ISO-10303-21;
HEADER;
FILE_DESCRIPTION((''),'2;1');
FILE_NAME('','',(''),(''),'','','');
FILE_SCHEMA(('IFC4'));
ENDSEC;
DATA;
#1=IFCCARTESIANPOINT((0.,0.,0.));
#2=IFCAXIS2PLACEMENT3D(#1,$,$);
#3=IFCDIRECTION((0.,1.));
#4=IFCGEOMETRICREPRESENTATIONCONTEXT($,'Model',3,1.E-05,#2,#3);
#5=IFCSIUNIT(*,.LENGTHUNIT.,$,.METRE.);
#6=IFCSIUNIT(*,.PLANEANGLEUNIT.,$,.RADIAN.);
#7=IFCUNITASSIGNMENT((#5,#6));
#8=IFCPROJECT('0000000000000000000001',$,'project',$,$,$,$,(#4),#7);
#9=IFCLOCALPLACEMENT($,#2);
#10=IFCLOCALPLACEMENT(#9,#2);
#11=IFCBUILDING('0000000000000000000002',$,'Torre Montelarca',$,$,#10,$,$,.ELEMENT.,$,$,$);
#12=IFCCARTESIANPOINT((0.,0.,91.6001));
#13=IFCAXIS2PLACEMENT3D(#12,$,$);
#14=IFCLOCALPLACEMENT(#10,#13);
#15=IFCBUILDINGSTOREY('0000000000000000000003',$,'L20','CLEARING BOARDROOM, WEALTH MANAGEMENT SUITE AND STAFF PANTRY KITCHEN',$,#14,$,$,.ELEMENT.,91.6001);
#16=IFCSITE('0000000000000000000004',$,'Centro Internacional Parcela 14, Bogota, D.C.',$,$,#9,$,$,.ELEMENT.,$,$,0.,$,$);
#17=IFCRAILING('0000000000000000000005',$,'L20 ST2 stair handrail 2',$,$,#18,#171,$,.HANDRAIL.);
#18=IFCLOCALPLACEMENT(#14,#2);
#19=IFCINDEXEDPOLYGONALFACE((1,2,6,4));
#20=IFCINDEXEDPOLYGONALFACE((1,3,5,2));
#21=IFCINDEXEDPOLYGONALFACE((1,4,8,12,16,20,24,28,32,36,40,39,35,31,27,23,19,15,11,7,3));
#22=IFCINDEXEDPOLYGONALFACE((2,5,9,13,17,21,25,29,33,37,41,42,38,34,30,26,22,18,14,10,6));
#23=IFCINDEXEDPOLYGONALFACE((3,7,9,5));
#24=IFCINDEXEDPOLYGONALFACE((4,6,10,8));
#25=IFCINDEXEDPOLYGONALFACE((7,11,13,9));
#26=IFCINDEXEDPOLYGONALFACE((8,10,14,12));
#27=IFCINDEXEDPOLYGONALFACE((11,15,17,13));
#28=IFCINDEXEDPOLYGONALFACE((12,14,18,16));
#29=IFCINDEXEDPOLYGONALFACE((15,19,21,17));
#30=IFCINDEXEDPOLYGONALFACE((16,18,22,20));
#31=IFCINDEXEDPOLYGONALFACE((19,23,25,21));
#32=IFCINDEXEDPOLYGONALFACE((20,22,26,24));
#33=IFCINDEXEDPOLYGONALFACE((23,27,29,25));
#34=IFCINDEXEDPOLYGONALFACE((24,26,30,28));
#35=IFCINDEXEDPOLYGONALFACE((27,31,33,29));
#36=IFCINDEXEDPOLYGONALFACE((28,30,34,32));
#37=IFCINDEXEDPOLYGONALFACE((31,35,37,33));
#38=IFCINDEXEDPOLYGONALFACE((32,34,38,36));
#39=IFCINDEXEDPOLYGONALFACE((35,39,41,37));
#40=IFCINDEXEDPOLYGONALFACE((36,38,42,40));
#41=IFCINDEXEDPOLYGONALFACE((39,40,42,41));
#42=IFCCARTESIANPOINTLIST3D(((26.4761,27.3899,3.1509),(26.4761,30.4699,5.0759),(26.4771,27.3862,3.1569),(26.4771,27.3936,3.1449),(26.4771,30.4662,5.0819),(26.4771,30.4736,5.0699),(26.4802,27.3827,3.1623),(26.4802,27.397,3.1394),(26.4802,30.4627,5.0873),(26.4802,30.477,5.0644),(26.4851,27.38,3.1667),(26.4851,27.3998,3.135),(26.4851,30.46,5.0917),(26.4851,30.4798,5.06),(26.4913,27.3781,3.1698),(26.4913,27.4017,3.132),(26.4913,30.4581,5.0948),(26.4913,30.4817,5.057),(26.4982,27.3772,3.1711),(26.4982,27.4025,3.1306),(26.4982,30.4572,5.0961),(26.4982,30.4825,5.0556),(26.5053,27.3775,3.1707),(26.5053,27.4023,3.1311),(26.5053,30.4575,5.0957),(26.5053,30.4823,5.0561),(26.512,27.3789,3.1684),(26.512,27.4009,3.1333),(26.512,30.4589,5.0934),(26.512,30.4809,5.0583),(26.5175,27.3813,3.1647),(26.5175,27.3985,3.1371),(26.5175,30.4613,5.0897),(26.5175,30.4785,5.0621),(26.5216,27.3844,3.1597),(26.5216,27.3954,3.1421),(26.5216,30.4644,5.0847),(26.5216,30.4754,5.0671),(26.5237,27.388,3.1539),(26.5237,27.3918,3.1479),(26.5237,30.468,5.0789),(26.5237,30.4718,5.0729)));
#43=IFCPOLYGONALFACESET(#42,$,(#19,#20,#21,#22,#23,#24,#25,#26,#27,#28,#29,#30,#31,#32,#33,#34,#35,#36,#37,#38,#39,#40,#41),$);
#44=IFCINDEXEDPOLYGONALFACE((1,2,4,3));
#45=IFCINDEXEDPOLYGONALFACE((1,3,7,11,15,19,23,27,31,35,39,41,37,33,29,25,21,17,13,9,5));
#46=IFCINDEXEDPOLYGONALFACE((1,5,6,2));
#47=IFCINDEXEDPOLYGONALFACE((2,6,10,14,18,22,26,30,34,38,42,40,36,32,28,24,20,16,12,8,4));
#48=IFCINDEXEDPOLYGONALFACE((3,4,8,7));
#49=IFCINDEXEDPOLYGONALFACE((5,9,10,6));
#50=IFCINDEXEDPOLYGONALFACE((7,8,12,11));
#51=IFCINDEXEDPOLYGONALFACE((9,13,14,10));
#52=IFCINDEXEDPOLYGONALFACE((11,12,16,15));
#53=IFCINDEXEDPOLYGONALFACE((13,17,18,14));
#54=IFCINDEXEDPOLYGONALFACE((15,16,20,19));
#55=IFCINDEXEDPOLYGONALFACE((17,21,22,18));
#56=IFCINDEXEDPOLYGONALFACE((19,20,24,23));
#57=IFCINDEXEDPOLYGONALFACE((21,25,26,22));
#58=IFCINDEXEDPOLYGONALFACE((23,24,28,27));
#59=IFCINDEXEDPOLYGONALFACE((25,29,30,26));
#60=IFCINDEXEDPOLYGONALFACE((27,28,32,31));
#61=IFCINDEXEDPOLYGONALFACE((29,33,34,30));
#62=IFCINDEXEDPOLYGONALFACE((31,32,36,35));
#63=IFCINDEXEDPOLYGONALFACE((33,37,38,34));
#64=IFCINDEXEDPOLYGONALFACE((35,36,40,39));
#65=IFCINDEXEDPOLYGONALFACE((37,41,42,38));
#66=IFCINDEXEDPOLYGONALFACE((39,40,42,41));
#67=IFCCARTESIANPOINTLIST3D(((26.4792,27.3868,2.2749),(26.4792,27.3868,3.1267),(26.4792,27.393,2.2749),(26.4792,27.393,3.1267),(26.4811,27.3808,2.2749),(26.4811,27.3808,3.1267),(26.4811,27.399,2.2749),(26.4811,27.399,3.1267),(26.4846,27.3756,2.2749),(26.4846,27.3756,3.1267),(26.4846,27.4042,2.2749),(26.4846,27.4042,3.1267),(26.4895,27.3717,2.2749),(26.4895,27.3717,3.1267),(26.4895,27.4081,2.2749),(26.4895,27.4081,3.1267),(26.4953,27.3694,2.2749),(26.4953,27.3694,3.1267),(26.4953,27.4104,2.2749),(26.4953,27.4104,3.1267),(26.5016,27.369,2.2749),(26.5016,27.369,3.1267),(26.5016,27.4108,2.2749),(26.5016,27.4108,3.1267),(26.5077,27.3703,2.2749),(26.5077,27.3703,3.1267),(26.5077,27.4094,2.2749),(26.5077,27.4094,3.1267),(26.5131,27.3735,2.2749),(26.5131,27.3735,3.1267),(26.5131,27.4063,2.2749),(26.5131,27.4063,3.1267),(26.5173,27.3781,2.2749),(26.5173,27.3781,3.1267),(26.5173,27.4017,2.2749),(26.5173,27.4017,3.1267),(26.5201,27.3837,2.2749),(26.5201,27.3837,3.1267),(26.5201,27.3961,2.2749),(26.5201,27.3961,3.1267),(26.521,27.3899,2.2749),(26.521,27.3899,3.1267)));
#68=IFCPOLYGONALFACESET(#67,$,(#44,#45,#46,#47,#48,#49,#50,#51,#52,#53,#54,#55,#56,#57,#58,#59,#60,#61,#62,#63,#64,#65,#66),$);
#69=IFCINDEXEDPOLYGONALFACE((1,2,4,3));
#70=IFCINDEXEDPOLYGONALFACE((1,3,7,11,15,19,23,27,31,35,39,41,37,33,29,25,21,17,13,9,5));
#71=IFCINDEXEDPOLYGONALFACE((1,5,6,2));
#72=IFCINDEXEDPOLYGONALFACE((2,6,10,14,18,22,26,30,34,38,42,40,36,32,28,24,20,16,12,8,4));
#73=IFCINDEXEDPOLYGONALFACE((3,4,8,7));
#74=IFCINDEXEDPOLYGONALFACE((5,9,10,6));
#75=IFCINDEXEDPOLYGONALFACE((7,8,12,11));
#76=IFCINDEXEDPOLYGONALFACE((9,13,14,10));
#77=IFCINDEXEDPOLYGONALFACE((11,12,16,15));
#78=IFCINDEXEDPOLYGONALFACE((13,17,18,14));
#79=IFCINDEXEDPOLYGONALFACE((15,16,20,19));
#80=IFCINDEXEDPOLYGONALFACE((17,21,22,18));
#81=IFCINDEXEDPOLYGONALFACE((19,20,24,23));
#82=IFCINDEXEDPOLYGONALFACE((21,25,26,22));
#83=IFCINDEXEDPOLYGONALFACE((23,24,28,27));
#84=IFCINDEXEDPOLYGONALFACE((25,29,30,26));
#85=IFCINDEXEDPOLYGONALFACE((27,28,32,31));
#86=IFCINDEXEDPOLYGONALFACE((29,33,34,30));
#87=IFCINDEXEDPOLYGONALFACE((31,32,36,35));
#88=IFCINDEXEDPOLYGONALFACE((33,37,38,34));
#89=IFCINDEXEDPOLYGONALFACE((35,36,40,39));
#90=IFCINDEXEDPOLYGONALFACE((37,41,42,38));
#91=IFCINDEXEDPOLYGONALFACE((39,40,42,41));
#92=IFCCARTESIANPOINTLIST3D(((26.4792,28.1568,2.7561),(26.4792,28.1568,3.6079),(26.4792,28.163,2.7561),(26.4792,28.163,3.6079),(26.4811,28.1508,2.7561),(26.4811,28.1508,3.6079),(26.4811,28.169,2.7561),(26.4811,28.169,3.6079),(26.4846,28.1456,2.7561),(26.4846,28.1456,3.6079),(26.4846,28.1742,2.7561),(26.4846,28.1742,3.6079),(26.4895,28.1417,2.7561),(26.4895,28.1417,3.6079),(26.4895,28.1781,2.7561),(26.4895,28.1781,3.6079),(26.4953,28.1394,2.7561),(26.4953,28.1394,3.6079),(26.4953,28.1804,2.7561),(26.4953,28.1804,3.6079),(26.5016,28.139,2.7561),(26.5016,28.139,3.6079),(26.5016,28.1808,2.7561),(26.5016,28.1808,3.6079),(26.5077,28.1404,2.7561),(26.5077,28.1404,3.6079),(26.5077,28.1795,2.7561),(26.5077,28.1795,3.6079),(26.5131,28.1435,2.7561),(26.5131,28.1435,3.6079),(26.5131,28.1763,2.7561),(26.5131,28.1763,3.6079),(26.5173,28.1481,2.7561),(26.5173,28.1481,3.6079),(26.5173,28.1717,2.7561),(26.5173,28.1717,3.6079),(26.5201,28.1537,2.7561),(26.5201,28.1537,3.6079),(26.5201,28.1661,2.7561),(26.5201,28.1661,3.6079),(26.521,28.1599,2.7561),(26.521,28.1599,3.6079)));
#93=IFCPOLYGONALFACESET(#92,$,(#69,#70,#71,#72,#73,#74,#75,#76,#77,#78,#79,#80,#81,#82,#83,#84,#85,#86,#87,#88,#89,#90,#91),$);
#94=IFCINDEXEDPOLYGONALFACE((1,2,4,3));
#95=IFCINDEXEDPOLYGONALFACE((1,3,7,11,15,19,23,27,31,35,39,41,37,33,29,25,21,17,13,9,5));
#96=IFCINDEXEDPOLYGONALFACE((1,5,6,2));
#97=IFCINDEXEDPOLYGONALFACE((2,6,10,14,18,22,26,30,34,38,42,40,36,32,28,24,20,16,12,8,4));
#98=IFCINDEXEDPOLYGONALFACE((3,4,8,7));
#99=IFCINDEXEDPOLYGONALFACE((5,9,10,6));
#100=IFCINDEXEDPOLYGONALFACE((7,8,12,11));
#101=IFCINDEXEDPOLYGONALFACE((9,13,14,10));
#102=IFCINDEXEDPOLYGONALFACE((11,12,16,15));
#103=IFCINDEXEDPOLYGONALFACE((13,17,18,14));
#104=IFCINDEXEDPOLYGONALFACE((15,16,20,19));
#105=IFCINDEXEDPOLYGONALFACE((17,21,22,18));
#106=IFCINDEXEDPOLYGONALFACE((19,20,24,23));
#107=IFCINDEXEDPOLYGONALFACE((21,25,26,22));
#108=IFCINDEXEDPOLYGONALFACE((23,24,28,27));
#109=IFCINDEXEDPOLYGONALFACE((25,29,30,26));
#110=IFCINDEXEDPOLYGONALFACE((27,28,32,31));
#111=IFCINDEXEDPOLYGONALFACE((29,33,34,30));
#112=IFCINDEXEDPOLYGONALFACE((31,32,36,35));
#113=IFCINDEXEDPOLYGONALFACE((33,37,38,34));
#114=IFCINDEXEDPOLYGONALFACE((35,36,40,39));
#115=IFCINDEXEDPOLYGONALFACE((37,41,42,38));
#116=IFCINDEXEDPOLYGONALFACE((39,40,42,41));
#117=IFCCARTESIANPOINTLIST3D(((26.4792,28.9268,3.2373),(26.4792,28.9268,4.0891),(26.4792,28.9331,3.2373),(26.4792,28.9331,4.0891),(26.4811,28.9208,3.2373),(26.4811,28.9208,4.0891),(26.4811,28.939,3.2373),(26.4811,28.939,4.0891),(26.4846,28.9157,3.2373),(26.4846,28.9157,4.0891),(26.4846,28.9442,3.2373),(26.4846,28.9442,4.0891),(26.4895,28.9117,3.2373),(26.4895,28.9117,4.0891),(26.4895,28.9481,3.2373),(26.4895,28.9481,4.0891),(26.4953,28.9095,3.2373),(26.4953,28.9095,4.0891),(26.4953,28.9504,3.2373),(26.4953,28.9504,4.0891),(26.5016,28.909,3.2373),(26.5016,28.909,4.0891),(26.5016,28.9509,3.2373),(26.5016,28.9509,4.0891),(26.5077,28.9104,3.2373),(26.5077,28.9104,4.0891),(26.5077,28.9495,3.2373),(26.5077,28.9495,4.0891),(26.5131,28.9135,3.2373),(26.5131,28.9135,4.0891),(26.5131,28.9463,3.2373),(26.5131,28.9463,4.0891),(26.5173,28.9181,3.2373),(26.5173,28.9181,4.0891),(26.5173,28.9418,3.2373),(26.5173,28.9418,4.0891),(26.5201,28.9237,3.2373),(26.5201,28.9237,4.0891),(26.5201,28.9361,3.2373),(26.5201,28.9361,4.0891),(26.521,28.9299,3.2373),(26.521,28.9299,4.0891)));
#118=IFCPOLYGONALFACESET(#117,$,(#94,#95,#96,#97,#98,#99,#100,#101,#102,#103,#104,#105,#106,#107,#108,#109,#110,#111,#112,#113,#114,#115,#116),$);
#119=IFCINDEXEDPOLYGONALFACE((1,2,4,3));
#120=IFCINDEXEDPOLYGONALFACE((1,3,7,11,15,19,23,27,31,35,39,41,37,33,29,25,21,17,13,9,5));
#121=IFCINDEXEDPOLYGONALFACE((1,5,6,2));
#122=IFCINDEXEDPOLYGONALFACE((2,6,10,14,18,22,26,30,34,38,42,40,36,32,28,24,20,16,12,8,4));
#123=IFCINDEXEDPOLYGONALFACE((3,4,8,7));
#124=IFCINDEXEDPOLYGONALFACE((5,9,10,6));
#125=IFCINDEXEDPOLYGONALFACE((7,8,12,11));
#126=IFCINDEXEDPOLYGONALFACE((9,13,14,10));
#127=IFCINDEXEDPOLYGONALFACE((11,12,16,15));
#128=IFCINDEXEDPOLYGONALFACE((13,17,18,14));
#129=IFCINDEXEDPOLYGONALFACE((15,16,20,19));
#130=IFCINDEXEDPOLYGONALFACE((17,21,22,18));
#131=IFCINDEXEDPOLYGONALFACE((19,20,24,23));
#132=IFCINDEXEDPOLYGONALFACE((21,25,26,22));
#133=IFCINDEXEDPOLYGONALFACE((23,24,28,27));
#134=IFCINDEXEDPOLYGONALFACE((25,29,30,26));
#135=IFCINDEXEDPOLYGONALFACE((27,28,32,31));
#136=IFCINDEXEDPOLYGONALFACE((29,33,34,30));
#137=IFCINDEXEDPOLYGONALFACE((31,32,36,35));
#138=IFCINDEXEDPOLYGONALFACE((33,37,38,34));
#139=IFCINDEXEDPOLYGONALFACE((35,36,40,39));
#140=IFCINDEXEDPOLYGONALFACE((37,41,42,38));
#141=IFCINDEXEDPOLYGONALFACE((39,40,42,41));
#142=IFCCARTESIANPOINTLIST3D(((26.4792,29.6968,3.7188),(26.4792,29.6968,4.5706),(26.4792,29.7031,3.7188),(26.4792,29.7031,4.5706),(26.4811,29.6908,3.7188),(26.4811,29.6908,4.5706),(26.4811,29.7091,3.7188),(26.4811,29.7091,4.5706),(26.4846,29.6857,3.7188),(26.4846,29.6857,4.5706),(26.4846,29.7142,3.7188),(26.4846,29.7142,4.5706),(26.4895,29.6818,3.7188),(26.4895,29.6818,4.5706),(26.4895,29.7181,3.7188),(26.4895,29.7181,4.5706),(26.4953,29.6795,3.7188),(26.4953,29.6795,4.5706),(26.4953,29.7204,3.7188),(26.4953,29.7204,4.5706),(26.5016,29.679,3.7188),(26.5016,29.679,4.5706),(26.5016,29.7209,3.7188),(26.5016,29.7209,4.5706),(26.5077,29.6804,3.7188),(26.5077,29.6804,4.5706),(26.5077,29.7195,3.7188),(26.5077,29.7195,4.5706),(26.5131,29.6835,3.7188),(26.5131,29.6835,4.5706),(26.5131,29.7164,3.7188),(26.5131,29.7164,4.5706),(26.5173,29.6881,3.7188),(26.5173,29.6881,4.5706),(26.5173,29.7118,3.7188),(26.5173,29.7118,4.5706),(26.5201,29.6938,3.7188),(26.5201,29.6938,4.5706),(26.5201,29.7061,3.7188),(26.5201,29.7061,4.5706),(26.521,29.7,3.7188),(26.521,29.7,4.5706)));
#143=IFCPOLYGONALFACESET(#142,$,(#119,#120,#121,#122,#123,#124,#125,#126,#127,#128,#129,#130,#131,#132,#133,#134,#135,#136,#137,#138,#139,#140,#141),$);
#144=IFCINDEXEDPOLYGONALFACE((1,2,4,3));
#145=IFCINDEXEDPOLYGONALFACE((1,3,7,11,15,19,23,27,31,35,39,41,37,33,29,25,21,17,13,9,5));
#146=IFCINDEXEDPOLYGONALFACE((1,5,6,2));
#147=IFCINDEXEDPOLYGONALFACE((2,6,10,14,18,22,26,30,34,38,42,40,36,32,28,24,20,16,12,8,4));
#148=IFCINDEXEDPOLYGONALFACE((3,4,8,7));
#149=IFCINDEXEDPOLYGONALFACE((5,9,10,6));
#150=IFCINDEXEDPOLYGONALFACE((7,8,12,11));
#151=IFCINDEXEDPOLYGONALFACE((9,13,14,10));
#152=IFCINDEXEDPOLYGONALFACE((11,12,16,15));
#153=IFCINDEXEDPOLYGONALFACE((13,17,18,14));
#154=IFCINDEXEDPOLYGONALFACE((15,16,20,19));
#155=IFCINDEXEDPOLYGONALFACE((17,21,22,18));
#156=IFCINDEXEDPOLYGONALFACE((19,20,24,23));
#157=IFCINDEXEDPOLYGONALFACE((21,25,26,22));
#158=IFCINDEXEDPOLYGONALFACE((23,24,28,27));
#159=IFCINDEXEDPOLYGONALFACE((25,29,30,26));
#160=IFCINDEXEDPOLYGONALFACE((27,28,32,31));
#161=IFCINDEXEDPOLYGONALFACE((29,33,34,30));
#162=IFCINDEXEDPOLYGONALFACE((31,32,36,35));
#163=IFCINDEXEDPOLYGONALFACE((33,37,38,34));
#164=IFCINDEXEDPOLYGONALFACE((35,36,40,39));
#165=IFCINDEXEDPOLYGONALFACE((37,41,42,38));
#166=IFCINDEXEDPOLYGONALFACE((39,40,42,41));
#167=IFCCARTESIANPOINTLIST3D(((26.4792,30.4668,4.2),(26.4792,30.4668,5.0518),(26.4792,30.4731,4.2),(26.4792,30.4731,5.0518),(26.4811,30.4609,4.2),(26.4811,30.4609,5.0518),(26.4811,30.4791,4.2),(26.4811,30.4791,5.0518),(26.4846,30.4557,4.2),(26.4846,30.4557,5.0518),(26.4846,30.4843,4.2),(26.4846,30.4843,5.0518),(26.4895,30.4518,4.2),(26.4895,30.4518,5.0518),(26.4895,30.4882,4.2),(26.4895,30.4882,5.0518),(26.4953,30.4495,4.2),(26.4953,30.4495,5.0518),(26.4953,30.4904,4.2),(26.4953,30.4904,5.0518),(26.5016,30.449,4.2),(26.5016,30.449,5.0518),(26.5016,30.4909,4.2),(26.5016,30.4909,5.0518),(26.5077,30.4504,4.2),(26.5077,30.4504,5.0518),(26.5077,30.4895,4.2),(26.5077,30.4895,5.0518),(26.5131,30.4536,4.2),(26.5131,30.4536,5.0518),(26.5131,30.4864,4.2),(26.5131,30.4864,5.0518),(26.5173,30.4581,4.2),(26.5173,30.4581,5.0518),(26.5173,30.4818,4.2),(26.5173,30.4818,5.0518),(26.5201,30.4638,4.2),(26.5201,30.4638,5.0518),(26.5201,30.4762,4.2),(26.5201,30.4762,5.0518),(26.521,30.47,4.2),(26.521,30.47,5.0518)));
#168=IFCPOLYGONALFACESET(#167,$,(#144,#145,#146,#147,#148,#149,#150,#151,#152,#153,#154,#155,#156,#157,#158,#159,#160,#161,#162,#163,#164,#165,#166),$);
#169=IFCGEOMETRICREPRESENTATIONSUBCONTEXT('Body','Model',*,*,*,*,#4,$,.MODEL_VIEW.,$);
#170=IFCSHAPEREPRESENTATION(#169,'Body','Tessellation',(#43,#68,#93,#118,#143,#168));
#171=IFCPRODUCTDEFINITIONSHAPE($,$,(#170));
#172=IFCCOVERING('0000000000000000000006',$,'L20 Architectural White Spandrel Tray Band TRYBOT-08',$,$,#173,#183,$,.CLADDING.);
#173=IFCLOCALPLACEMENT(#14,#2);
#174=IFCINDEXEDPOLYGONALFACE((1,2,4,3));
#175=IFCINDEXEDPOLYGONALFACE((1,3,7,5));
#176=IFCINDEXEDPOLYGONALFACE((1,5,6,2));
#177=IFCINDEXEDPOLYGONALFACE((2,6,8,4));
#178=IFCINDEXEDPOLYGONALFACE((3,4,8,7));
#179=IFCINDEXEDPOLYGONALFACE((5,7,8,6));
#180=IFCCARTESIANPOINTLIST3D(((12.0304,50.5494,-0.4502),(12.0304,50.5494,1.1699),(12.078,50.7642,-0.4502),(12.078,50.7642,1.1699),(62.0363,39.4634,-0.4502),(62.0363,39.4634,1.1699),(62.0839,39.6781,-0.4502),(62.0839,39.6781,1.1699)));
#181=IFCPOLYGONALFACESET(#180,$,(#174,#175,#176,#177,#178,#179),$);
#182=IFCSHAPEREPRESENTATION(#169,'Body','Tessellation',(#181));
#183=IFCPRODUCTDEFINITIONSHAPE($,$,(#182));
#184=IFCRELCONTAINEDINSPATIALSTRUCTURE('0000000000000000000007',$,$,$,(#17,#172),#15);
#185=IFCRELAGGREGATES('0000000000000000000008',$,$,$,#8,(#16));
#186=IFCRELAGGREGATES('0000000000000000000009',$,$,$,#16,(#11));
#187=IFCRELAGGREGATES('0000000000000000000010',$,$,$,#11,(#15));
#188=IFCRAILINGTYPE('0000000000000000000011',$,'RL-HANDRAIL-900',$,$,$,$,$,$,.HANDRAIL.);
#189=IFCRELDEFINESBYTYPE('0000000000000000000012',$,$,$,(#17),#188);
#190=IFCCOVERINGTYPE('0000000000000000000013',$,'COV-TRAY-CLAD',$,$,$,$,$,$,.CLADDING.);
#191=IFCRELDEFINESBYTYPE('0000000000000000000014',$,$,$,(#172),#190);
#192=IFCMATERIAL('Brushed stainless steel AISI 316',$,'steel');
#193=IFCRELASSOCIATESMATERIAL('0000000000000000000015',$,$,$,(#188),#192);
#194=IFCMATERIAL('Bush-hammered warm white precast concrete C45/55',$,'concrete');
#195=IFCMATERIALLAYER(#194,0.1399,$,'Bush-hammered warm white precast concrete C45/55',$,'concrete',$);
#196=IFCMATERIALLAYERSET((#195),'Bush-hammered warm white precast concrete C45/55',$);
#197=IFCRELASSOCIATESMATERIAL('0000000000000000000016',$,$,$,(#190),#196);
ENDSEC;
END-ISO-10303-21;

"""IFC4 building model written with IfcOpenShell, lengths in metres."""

from ifc_helpers import new_model, si_unit, direction, frame, origin, origin_2d, place, context, subcontext, project, spatial, rectangle, circle, extrude, source, transform, mapped, material, layer, layer_set, type_object, element, save


model = new_model("IFC4")

# Units and contexts
model_context = context("Model", 3, precision=1e-05, world=origin(), true_north=direction((0.0, 1.0)))
body_context = subcontext(model_context, "Body", "Model", "MODEL_VIEW")
ifc_project = project(units=[si_unit("LENGTHUNIT", "METRE"), si_unit("PLANEANGLEUNIT", "RADIAN")], contexts=[model_context])

# Site, building, storey
site_placement = place(None, origin())
site = spatial("IfcSite", under=ifc_project, at=site_placement, Name="Centro Internacional Parcela 14, Bogota, D.C.", CompositionType="ELEMENT", RefElevation=0.0)
building_placement = place(site_placement, origin())
building = spatial("IfcBuilding", under=site, at=building_placement, Name="Torre Montelarca", CompositionType="ELEMENT")
storey_placement = place(building_placement, frame((0.0, 0.0, 91.6001)))
storey = spatial("IfcBuildingStorey", under=building, at=storey_placement, Name="L20", Description="CLEARING BOARDROOM, WEALTH MANAGEMENT SUITE AND STAFF PANTRY KITCHEN", CompositionType="ELEMENT", Elevation=91.6001)

# Shared definitions
ifc_material_1 = material(Name="Brushed stainless steel AISI 316", Category="steel")

# Railing
railing_type_1 = type_object("IfcRailingType", Name="RL-HANDRAIL-900", PredefinedType="HANDRAIL", material=ifc_material_1)
railing_1_placement = place(storey_placement, frame((26.5, 27.3899, 2.2749)))
element("IfcRailing", 1, at=railing_1_placement, inside=storey, type_object=railing_type_1, Name="L20 ST2 stair handrail 2", PredefinedType="HANDRAIL", context=body_context, shape_type="SweptSolid", body=[
    extrude(circle(Radius=0.0239, at=origin_2d()), frame((0.0, 0.0, 0.876), z_axis=(0.0, 0.847998, 0.529999), x_axis=(-1.0, 0.0, 0.0)), (0.0, 0.0, 1.0), 3.6321),
    extrude(circle(Radius=0.021, at=origin_2d()), origin(), (0.0, 0.0, 1.0), 0.8518),
    extrude(circle(Radius=0.021, at=origin_2d()), frame((0.0, 0.77, 0.4812)), (0.0, 0.0, 1.0), 0.8518),
    extrude(circle(Radius=0.021, at=origin_2d()), frame((0.0, 1.54, 0.9624)), (0.0, 0.0, 1.0), 0.8518),
    extrude(circle(Radius=0.021, at=origin_2d()), frame((0.0, 2.3101, 1.4438)), (0.0, 0.0, 1.0), 0.8518),
    extrude(circle(Radius=0.021, at=origin_2d()), frame((0.0, 3.0801, 1.925)), (0.0, 0.0, 1.0), 0.8518),
])

# Covering
ifc_material_2 = material(Name="Bush-hammered warm white precast concrete C45/55", Category="concrete")
ifc_layer_1 = layer(ifc_material_2, 0.1399, Name="Bush-hammered warm white precast concrete C45/55", Category="concrete")
ifc_layer_set_1 = layer_set([ifc_layer_1], Name="Bush-hammered warm white precast concrete C45/55")
covering_type = type_object("IfcCoveringType", Name="COV-TRAY-CLAD", PredefinedType="CLADDING", material=ifc_layer_set_1)
shared_shape_1 = source(origin(), body_context, "Body", "SweptSolid", [
    extrude(rectangle(XDim=51.22, YDim=0.22, at=origin_2d()), origin(), (0.0, 0.0, 1.0), 1.6201),
])
covering_placement = place(storey_placement, frame((37.0571, 45.1138, -0.4502), z_axis=(0.0, 0.0, 1.0), x_axis=(-0.976296, 0.21644, 0.0)))
element("IfcCovering", 2, at=covering_placement, inside=storey, type_object=covering_type, Name="L20 Architectural White Spandrel Tray Band TRYBOT-08", PredefinedType="CLADDING", context=body_context, shape_type="MappedRepresentation", body=[
    mapped(shared_shape_1, transform((0.0, 0.0, 0.0), scale=1.0)),
])

save(model, "model.ifc")
